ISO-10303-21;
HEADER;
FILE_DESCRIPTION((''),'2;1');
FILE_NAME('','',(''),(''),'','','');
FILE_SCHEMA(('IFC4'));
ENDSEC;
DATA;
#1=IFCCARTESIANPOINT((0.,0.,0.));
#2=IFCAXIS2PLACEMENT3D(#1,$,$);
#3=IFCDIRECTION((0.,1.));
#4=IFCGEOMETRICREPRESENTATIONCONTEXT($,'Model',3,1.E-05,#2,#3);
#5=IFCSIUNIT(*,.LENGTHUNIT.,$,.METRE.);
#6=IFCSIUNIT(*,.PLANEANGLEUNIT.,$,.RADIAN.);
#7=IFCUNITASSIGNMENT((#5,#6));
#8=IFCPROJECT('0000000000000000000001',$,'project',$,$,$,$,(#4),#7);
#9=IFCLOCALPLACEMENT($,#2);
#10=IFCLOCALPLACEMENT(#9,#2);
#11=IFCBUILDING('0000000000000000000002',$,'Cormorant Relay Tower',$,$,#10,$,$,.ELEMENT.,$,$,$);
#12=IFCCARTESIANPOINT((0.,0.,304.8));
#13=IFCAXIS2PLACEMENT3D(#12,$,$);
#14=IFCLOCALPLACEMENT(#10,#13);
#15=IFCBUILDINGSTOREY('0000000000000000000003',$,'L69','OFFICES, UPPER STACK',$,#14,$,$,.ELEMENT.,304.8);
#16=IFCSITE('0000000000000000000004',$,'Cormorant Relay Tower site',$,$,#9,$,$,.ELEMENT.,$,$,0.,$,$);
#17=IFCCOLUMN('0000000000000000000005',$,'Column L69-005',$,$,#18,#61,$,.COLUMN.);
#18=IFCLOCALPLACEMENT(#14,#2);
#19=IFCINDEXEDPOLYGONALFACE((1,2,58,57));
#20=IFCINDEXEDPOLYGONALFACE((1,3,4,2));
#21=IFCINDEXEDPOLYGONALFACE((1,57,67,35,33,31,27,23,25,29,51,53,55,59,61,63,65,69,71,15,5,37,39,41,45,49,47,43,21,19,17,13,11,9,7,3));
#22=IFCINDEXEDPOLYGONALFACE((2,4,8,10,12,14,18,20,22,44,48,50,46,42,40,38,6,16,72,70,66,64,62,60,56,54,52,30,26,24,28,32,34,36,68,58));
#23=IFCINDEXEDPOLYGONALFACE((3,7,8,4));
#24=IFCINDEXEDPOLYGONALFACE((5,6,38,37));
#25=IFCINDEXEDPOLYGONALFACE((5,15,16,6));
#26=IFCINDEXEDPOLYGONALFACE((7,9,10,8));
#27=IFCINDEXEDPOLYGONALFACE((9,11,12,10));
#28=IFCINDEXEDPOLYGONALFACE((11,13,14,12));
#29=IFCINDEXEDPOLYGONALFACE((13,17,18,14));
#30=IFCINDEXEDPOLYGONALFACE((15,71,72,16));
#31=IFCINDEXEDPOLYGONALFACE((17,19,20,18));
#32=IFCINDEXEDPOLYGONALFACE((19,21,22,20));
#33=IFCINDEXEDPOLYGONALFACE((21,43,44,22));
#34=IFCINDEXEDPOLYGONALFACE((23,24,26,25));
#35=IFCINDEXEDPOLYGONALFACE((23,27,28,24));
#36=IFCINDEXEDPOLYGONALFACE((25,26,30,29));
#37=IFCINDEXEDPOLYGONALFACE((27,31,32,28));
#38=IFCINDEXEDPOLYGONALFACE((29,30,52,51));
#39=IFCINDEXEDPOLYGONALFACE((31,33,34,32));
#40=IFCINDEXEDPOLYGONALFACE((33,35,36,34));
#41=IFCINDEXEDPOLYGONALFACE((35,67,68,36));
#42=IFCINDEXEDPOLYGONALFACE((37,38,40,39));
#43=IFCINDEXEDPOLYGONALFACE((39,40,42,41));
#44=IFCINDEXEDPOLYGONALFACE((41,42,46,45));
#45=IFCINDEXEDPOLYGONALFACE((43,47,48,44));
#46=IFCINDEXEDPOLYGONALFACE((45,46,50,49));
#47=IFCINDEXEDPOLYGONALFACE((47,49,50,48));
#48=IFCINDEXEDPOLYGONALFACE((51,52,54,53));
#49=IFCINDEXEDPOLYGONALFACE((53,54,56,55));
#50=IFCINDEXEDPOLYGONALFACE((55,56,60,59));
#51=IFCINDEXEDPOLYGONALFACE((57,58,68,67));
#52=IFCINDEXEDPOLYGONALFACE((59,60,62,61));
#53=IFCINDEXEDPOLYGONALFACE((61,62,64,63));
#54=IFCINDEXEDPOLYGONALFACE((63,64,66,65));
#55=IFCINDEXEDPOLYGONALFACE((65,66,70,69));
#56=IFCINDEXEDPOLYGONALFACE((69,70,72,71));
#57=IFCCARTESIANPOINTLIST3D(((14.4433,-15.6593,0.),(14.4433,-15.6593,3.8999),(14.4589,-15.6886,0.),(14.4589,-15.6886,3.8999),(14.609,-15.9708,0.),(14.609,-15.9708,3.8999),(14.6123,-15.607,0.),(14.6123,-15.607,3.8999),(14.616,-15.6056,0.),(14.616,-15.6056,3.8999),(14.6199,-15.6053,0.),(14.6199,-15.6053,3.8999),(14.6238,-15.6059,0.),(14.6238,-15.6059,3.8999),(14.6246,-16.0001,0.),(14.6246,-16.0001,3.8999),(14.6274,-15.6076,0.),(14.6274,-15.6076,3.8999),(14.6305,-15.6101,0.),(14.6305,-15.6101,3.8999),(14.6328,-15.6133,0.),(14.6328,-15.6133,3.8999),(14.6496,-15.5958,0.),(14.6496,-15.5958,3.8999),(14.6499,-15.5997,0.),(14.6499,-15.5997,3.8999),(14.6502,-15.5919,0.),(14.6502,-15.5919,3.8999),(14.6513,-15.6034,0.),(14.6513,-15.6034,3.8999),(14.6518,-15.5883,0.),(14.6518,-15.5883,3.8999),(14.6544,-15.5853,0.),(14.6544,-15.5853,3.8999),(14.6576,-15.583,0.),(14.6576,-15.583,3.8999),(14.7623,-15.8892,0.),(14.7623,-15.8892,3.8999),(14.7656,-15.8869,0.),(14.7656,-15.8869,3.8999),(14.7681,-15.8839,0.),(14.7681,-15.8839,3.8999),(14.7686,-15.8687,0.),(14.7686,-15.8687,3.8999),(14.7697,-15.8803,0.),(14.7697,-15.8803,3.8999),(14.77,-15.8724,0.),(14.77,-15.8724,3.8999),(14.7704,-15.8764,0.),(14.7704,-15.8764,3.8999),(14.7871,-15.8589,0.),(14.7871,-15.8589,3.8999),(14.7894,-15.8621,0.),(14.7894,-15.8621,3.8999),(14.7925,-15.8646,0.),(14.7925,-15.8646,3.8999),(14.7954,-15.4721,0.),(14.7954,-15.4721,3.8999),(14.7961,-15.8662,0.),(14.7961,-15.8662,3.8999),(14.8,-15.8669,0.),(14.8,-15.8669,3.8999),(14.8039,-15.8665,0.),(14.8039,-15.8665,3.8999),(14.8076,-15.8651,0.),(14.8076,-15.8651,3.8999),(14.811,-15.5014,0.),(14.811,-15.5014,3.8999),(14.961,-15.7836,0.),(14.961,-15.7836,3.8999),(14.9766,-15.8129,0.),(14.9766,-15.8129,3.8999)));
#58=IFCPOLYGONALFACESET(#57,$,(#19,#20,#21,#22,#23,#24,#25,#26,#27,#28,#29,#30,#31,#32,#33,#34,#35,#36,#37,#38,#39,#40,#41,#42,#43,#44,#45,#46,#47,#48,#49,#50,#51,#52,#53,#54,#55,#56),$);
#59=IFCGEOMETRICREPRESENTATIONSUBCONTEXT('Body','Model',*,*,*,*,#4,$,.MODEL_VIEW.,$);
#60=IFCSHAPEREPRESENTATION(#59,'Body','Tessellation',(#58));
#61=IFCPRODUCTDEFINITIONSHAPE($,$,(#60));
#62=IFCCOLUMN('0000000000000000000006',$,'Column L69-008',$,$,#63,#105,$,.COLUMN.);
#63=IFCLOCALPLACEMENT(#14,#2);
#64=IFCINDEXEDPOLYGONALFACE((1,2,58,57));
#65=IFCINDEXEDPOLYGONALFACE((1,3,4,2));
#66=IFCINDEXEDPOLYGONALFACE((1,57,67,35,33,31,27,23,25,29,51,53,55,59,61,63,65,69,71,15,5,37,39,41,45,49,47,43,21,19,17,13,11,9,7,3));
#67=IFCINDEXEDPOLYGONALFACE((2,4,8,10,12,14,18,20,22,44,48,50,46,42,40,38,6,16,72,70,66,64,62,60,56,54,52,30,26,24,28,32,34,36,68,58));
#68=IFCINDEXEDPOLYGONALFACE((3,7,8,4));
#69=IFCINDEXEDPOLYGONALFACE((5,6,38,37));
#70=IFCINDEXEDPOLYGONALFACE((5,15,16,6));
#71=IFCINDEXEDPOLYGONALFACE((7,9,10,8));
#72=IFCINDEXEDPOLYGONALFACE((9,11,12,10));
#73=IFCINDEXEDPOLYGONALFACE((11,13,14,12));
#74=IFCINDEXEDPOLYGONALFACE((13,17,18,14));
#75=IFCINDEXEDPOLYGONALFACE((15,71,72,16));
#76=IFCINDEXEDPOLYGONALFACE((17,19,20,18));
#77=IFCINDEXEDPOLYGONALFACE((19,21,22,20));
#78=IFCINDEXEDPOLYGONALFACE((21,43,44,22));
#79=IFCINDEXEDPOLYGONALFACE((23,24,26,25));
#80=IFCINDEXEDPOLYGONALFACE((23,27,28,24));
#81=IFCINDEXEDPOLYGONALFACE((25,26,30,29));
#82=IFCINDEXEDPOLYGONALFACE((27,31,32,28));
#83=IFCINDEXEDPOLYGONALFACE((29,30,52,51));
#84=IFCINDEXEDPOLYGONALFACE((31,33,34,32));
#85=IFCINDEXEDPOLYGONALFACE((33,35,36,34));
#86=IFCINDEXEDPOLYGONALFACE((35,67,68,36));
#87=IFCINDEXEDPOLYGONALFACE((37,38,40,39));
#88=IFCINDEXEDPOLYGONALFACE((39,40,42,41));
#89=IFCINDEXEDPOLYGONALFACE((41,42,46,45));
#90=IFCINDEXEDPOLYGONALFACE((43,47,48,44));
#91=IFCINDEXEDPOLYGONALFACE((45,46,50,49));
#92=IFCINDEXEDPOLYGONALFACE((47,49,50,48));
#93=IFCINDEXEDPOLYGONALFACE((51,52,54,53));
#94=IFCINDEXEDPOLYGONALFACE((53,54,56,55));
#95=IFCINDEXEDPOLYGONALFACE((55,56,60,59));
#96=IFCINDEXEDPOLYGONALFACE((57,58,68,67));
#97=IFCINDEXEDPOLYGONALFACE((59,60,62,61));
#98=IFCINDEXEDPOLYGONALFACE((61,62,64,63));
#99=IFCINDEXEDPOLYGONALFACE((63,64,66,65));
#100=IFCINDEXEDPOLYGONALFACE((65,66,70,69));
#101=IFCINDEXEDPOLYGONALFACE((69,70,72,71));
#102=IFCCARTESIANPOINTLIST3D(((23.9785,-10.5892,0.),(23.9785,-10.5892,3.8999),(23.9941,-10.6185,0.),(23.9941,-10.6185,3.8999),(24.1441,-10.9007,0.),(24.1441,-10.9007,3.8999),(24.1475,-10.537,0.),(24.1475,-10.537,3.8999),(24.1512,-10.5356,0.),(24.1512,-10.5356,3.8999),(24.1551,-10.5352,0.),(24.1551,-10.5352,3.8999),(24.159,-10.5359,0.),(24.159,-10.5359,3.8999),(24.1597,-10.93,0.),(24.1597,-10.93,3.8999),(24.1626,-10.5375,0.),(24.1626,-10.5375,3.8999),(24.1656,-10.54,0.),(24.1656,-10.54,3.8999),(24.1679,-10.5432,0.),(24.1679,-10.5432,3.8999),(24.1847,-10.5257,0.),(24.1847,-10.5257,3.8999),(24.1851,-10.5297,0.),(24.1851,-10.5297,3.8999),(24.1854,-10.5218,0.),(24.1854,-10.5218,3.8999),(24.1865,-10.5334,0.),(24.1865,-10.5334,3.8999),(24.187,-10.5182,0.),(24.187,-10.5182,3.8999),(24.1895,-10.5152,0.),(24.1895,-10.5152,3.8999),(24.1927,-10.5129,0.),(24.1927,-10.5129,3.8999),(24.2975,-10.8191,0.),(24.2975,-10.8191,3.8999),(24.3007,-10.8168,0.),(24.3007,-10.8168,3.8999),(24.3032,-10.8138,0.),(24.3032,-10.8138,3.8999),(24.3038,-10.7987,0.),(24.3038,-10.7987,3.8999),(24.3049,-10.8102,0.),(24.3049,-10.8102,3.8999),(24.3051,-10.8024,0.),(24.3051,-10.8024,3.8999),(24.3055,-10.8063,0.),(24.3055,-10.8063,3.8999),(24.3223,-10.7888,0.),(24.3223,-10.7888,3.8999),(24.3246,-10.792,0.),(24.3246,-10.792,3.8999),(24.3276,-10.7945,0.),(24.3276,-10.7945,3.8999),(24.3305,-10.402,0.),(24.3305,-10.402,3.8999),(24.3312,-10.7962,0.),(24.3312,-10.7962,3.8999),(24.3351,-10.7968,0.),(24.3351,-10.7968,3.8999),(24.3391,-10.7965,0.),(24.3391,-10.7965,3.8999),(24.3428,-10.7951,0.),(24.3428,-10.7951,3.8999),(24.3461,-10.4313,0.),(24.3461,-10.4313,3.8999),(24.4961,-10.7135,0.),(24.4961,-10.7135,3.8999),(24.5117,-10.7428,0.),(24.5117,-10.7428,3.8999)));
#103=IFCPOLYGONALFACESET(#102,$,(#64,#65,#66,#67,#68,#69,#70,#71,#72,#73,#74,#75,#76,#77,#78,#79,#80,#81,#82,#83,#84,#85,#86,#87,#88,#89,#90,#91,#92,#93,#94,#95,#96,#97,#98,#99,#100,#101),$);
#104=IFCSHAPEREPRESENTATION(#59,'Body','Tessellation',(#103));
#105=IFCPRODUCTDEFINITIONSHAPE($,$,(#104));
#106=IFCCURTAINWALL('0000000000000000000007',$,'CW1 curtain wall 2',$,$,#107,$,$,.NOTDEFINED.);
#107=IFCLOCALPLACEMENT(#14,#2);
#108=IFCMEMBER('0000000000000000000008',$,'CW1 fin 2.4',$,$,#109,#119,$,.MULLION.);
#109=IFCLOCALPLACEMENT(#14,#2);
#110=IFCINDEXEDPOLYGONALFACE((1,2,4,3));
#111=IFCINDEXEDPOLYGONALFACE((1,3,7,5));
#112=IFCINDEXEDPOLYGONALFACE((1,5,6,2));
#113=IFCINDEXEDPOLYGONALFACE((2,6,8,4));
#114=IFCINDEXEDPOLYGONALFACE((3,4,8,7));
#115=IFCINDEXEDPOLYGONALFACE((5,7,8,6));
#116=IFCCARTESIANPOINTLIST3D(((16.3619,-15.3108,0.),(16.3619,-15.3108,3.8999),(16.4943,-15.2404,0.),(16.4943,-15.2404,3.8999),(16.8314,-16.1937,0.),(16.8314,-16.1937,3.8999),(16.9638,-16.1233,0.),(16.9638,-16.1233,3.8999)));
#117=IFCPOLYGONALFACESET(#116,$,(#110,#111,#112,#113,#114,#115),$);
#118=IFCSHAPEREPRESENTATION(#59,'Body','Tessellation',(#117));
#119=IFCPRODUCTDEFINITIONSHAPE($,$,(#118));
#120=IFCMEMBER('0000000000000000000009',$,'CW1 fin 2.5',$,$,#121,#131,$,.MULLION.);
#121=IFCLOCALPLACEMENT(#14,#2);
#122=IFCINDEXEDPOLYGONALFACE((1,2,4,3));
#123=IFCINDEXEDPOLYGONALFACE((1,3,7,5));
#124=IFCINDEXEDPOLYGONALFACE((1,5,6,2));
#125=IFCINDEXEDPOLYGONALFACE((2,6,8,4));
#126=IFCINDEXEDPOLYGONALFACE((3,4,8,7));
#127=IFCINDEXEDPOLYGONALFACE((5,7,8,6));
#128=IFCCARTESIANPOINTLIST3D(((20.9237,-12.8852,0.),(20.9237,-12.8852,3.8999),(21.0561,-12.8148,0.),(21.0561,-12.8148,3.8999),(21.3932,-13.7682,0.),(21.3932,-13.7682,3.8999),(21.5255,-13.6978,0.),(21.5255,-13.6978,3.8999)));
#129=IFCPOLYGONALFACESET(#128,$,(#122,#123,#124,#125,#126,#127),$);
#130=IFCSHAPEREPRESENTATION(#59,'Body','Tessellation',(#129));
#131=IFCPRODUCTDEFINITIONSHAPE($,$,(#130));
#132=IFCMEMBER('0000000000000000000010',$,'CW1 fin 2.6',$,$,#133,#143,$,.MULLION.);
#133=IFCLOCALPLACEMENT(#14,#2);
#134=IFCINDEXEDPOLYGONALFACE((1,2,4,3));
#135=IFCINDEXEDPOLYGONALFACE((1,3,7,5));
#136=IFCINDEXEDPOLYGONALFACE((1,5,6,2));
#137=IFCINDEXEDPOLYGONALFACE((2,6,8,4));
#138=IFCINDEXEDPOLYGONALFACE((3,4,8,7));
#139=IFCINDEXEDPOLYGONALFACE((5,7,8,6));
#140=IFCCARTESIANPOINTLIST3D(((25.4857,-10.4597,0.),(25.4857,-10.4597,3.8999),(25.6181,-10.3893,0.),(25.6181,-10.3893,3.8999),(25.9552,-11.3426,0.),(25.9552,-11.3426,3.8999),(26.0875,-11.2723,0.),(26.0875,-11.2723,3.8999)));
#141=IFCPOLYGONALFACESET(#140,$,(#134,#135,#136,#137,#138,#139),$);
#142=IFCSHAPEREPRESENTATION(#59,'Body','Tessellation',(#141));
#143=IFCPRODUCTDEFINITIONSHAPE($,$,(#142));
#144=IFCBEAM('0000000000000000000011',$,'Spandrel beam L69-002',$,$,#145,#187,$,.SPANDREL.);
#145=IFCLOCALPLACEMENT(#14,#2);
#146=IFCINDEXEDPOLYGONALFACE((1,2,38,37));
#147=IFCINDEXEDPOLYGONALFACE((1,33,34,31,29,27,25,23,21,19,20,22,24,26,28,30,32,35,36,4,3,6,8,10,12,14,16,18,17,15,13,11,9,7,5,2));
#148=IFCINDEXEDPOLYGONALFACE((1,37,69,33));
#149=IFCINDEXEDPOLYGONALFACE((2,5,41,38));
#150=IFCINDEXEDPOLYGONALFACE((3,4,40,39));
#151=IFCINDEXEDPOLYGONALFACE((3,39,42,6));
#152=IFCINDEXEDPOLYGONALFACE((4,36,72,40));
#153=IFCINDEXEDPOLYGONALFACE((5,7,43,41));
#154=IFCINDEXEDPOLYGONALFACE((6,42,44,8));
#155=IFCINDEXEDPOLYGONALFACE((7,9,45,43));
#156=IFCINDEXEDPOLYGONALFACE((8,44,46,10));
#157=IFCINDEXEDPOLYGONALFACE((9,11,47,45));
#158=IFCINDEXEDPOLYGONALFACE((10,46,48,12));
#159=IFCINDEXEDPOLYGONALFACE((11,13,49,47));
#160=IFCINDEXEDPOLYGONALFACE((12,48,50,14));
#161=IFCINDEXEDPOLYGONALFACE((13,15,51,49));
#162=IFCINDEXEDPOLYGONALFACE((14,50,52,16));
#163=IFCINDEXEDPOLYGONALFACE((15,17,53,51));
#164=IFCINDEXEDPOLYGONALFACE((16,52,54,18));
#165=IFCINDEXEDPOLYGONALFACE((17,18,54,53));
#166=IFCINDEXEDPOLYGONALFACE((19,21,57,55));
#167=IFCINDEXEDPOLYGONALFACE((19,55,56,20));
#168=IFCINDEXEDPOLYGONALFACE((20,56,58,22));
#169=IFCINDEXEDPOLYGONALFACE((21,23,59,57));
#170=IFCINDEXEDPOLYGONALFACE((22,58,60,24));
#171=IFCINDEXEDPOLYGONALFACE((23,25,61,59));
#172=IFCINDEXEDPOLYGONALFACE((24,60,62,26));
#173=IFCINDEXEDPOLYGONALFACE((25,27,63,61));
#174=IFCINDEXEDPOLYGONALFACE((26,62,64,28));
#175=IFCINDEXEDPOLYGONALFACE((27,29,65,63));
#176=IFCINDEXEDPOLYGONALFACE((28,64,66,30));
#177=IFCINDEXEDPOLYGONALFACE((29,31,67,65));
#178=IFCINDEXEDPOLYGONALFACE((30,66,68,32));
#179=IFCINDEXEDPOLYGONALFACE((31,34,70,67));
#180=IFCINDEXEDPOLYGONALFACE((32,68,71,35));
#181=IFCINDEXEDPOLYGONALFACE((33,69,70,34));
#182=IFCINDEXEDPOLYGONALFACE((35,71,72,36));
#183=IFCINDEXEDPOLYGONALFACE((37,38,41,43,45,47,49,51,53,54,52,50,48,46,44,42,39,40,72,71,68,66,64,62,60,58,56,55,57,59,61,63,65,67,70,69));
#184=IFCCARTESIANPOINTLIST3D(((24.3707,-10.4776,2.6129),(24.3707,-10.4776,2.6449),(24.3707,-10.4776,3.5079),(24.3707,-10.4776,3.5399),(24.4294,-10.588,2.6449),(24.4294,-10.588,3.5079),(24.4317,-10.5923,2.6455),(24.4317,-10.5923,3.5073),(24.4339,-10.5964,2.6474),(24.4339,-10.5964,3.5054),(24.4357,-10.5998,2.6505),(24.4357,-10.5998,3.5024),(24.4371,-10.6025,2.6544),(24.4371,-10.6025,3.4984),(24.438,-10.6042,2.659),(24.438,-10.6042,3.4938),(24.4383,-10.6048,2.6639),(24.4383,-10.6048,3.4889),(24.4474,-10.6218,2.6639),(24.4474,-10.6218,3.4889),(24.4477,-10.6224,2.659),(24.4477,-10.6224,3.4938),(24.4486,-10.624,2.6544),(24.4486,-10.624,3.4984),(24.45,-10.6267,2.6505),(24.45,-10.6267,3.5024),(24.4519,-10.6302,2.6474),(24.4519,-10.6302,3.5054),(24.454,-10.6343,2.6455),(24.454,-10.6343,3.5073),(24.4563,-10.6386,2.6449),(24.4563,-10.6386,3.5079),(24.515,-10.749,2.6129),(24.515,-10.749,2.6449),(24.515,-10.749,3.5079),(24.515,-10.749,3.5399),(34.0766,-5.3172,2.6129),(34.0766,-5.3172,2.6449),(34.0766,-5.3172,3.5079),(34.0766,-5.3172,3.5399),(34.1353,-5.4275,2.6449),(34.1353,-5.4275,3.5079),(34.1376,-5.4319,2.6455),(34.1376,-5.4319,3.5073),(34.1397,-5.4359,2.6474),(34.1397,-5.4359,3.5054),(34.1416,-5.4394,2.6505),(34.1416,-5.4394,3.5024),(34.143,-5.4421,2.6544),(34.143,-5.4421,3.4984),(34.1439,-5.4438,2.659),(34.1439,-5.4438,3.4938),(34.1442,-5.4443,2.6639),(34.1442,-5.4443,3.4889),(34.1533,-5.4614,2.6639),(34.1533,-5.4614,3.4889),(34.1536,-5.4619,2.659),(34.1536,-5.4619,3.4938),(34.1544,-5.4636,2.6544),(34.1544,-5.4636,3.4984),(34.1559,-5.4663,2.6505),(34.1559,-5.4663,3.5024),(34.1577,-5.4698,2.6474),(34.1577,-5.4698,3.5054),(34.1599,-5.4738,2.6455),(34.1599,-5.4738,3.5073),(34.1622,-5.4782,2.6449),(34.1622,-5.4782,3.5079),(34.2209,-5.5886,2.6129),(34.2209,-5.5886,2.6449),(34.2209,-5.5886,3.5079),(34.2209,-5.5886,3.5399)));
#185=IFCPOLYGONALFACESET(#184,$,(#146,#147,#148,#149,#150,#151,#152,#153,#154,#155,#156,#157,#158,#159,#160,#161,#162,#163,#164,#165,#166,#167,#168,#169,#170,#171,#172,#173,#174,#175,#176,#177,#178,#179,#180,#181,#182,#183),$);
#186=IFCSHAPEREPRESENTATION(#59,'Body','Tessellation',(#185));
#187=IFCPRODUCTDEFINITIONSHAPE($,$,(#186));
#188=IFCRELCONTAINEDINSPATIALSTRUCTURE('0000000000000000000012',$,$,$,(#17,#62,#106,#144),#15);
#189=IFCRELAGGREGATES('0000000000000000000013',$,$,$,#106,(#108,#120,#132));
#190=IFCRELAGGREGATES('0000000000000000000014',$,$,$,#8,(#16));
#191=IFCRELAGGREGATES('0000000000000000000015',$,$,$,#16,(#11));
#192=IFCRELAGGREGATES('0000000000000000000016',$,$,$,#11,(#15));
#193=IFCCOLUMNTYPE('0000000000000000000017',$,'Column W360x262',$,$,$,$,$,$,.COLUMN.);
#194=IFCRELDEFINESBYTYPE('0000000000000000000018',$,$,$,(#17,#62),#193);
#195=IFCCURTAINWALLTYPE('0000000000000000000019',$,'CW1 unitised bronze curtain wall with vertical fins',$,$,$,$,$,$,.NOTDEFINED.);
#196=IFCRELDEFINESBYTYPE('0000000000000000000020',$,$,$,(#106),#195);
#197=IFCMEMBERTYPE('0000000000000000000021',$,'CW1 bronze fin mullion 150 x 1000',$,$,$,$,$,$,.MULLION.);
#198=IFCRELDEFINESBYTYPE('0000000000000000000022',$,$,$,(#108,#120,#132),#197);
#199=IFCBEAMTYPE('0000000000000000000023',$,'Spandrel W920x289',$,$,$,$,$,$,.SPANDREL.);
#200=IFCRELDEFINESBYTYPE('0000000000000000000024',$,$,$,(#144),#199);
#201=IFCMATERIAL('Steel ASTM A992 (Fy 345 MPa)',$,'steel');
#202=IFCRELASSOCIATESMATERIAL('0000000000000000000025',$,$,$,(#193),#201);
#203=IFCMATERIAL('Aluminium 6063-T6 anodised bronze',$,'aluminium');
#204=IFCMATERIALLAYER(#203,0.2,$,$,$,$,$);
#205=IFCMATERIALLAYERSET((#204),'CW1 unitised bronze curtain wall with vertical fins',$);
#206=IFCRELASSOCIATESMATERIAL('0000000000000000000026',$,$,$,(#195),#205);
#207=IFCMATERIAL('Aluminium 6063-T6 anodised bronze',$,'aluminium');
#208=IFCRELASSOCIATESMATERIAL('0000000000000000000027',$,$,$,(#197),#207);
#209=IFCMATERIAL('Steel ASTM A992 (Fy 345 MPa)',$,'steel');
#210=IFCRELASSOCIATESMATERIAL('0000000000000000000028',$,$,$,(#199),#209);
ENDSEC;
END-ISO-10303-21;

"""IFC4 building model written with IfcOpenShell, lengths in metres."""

from ifc_helpers import new_model, si_unit, direction, frame, origin, origin_2d, place, context, subcontext, project, spatial, rectangle, i_section, extrude, material, layer, layer_set, material_profile, profile_set, type_object, element, aggregate, save


model = new_model("IFC4")

# Units and contexts
model_context = context("Model", 3, precision=1e-05, world=origin(), true_north=direction((0.0, 1.0)))
body_context = subcontext(model_context, "Body", "Model", "MODEL_VIEW")
ifc_project = project(units=[si_unit("LENGTHUNIT", "METRE"), si_unit("PLANEANGLEUNIT", "RADIAN")], contexts=[model_context])

# Site, building, storey
site_placement = place(None, origin())
site = spatial("IfcSite", under=ifc_project, at=site_placement, Name="Cormorant Relay Tower site", CompositionType="ELEMENT", RefElevation=0.0)
building_placement = place(site_placement, origin())
building = spatial("IfcBuilding", under=site, at=building_placement, Name="Cormorant Relay Tower", CompositionType="ELEMENT")
storey_placement = place(building_placement, frame((0.0, 0.0, 304.8)))
storey = spatial("IfcBuildingStorey", under=building, at=storey_placement, Name="L69", Description="OFFICES, UPPER STACK", CompositionType="ELEMENT", Elevation=304.8)

# Columns
ifc_material_1 = material(Name="Steel ASTM A992 (Fy 345 MPa)", Category="steel")
ifc_material_profile_1 = material_profile(ifc_material_1, i_section(OverallWidth=0.3987, OverallDepth=0.386, WebThickness=0.021, FlangeThickness=0.0332, FilletRadius=0.0151, at=origin_2d()), Name="W360x262")
ifc_profile_set_1 = profile_set([ifc_material_profile_1], Name="Steel ASTM A992 (Fy 345 MPa)")
column_type = type_object("IfcColumnType", Name="Column W360x262", PredefinedType="COLUMN", material=ifc_profile_set_1)
for number, where, z_axis, x_axis, name in (
    (1, (14.71, -15.7361, 0.0), (0.0, 0.0, 1.0), (0.882948, 0.469472, 0.0), "Column L69-005"),
    (2, (24.2451, -10.666, 0.0), (0.0, 0.0, 1.0), (0.882948, 0.469472, 0.0), "Column L69-008"),
):
    element("IfcColumn", number, at=place(storey_placement, frame(where, z_axis=z_axis, x_axis=x_axis)), inside=storey, type_object=column_type, Name=name, PredefinedType="COLUMN", context=body_context, shape_type="SweptSolid", body=[
        extrude(i_section(OverallWidth=0.3987, OverallDepth=0.386, WebThickness=0.021, FlangeThickness=0.0332, FilletRadius=0.0151, at=origin_2d()), origin(), (0.0, 0.0, 1.0), 3.8999),
    ])

# Curtain wall, members
ifc_material_2 = material(Name="Aluminium 6063-T6 anodised bronze", Category="aluminium")
ifc_layer_1 = layer(ifc_material_2, 0.2)
ifc_layer_set_1 = layer_set([ifc_layer_1], Name="CW1 unitised bronze curtain wall with vertical fins")
curtain_wall_type = type_object("IfcCurtainWallType", Name="CW1 unitised bronze curtain wall with vertical fins", PredefinedType="NOTDEFINED", material=ifc_layer_set_1)
curtain_wall_placement = place(storey_placement, origin())
curtain_wall = element("IfcCurtainWall", 3, at=curtain_wall_placement, inside=storey, type_object=curtain_wall_type, Name="CW1 curtain wall 2", PredefinedType="NOTDEFINED")
ifc_material_3 = material(Name="Aluminium 6063-T6 anodised bronze", Category="aluminium")
ifc_material_profile_2 = material_profile(ifc_material_3, rectangle(XDim=0.1499, YDim=1.0, at=origin_2d()), Name="AL 150x1000")
ifc_profile_set_2 = profile_set([ifc_material_profile_2], Name="Aluminium 6063-T6 anodised bronze")
member_type = type_object("IfcMemberType", Name="CW1 bronze fin mullion 150 x 1000", PredefinedType="MULLION", material=ifc_profile_set_2)
member_1_placement = place(storey_placement, frame((16.6628, -15.717, 0.0), z_axis=(0.0, 0.0, 1.0), x_axis=(0.882948, 0.469472, 0.0)))
member_1 = element("IfcMember", 4, at=member_1_placement, type_object=member_type, Name="CW1 fin 2.4", PredefinedType="MULLION", context=body_context, shape_type="SweptSolid", body=[
    extrude(rectangle(XDim=0.1499, YDim=1.0, at=origin_2d()), origin(), (0.0, 0.0, 1.0), 3.8999),
])
member_2_placement = place(storey_placement, frame((21.2246, -13.2915, 0.0), z_axis=(0.0, 0.0, 1.0), x_axis=(0.882948, 0.469472, 0.0)))
member_2 = element("IfcMember", 5, at=member_2_placement, type_object=member_type, Name="CW1 fin 2.5", PredefinedType="MULLION", context=body_context, shape_type="SweptSolid", body=[
    extrude(rectangle(XDim=0.1499, YDim=1.0, at=origin_2d()), origin(), (0.0, 0.0, 1.0), 3.8999),
])
member_3_placement = place(storey_placement, frame((25.7866, -10.866, 0.0), z_axis=(0.0, 0.0, 1.0), x_axis=(0.882948, 0.469472, 0.0)))
member_3 = element("IfcMember", 6, at=member_3_placement, type_object=member_type, Name="CW1 fin 2.6", PredefinedType="MULLION", context=body_context, shape_type="SweptSolid", body=[
    extrude(rectangle(XDim=0.1499, YDim=1.0, at=origin_2d()), origin(), (0.0, 0.0, 1.0), 3.8999),
])

# Beam
ifc_material_4 = material(Name="Steel ASTM A992 (Fy 345 MPa)", Category="steel")
ifc_material_profile_3 = material_profile(ifc_material_4, i_section(OverallWidth=0.3074, OverallDepth=0.927, WebThickness=0.0193, FlangeThickness=0.032, FilletRadius=0.019, at=origin_2d()), Name="W920x289")
ifc_profile_set_3 = profile_set([ifc_material_profile_3], Name="Steel ASTM A992 (Fy 345 MPa)")
beam_type_1 = type_object("IfcBeamType", Name="Spandrel W920x289", PredefinedType="SPANDREL", material=ifc_profile_set_3)
beam_1_placement = place(storey_placement, frame((24.4429, -10.6133, 3.0764), z_axis=(0.882958, 0.469452, 0.0), x_axis=(-0.469452, 0.882958, 0.0)))
element("IfcBeam", 7, at=beam_1_placement, inside=storey, type_object=beam_type_1, Name="Spandrel beam L69-002", PredefinedType="SPANDREL", context=body_context, shape_type="SweptSolid", body=[
    extrude(i_section(OverallWidth=0.3074, OverallDepth=0.927, WebThickness=0.0193, FlangeThickness=0.032, FilletRadius=0.019, at=origin_2d()), origin(), (0.0, 0.0, 1.0), 10.9924),
])

aggregate(curtain_wall, [member_1, member_2, member_3])

save(model, "model.ifc")
